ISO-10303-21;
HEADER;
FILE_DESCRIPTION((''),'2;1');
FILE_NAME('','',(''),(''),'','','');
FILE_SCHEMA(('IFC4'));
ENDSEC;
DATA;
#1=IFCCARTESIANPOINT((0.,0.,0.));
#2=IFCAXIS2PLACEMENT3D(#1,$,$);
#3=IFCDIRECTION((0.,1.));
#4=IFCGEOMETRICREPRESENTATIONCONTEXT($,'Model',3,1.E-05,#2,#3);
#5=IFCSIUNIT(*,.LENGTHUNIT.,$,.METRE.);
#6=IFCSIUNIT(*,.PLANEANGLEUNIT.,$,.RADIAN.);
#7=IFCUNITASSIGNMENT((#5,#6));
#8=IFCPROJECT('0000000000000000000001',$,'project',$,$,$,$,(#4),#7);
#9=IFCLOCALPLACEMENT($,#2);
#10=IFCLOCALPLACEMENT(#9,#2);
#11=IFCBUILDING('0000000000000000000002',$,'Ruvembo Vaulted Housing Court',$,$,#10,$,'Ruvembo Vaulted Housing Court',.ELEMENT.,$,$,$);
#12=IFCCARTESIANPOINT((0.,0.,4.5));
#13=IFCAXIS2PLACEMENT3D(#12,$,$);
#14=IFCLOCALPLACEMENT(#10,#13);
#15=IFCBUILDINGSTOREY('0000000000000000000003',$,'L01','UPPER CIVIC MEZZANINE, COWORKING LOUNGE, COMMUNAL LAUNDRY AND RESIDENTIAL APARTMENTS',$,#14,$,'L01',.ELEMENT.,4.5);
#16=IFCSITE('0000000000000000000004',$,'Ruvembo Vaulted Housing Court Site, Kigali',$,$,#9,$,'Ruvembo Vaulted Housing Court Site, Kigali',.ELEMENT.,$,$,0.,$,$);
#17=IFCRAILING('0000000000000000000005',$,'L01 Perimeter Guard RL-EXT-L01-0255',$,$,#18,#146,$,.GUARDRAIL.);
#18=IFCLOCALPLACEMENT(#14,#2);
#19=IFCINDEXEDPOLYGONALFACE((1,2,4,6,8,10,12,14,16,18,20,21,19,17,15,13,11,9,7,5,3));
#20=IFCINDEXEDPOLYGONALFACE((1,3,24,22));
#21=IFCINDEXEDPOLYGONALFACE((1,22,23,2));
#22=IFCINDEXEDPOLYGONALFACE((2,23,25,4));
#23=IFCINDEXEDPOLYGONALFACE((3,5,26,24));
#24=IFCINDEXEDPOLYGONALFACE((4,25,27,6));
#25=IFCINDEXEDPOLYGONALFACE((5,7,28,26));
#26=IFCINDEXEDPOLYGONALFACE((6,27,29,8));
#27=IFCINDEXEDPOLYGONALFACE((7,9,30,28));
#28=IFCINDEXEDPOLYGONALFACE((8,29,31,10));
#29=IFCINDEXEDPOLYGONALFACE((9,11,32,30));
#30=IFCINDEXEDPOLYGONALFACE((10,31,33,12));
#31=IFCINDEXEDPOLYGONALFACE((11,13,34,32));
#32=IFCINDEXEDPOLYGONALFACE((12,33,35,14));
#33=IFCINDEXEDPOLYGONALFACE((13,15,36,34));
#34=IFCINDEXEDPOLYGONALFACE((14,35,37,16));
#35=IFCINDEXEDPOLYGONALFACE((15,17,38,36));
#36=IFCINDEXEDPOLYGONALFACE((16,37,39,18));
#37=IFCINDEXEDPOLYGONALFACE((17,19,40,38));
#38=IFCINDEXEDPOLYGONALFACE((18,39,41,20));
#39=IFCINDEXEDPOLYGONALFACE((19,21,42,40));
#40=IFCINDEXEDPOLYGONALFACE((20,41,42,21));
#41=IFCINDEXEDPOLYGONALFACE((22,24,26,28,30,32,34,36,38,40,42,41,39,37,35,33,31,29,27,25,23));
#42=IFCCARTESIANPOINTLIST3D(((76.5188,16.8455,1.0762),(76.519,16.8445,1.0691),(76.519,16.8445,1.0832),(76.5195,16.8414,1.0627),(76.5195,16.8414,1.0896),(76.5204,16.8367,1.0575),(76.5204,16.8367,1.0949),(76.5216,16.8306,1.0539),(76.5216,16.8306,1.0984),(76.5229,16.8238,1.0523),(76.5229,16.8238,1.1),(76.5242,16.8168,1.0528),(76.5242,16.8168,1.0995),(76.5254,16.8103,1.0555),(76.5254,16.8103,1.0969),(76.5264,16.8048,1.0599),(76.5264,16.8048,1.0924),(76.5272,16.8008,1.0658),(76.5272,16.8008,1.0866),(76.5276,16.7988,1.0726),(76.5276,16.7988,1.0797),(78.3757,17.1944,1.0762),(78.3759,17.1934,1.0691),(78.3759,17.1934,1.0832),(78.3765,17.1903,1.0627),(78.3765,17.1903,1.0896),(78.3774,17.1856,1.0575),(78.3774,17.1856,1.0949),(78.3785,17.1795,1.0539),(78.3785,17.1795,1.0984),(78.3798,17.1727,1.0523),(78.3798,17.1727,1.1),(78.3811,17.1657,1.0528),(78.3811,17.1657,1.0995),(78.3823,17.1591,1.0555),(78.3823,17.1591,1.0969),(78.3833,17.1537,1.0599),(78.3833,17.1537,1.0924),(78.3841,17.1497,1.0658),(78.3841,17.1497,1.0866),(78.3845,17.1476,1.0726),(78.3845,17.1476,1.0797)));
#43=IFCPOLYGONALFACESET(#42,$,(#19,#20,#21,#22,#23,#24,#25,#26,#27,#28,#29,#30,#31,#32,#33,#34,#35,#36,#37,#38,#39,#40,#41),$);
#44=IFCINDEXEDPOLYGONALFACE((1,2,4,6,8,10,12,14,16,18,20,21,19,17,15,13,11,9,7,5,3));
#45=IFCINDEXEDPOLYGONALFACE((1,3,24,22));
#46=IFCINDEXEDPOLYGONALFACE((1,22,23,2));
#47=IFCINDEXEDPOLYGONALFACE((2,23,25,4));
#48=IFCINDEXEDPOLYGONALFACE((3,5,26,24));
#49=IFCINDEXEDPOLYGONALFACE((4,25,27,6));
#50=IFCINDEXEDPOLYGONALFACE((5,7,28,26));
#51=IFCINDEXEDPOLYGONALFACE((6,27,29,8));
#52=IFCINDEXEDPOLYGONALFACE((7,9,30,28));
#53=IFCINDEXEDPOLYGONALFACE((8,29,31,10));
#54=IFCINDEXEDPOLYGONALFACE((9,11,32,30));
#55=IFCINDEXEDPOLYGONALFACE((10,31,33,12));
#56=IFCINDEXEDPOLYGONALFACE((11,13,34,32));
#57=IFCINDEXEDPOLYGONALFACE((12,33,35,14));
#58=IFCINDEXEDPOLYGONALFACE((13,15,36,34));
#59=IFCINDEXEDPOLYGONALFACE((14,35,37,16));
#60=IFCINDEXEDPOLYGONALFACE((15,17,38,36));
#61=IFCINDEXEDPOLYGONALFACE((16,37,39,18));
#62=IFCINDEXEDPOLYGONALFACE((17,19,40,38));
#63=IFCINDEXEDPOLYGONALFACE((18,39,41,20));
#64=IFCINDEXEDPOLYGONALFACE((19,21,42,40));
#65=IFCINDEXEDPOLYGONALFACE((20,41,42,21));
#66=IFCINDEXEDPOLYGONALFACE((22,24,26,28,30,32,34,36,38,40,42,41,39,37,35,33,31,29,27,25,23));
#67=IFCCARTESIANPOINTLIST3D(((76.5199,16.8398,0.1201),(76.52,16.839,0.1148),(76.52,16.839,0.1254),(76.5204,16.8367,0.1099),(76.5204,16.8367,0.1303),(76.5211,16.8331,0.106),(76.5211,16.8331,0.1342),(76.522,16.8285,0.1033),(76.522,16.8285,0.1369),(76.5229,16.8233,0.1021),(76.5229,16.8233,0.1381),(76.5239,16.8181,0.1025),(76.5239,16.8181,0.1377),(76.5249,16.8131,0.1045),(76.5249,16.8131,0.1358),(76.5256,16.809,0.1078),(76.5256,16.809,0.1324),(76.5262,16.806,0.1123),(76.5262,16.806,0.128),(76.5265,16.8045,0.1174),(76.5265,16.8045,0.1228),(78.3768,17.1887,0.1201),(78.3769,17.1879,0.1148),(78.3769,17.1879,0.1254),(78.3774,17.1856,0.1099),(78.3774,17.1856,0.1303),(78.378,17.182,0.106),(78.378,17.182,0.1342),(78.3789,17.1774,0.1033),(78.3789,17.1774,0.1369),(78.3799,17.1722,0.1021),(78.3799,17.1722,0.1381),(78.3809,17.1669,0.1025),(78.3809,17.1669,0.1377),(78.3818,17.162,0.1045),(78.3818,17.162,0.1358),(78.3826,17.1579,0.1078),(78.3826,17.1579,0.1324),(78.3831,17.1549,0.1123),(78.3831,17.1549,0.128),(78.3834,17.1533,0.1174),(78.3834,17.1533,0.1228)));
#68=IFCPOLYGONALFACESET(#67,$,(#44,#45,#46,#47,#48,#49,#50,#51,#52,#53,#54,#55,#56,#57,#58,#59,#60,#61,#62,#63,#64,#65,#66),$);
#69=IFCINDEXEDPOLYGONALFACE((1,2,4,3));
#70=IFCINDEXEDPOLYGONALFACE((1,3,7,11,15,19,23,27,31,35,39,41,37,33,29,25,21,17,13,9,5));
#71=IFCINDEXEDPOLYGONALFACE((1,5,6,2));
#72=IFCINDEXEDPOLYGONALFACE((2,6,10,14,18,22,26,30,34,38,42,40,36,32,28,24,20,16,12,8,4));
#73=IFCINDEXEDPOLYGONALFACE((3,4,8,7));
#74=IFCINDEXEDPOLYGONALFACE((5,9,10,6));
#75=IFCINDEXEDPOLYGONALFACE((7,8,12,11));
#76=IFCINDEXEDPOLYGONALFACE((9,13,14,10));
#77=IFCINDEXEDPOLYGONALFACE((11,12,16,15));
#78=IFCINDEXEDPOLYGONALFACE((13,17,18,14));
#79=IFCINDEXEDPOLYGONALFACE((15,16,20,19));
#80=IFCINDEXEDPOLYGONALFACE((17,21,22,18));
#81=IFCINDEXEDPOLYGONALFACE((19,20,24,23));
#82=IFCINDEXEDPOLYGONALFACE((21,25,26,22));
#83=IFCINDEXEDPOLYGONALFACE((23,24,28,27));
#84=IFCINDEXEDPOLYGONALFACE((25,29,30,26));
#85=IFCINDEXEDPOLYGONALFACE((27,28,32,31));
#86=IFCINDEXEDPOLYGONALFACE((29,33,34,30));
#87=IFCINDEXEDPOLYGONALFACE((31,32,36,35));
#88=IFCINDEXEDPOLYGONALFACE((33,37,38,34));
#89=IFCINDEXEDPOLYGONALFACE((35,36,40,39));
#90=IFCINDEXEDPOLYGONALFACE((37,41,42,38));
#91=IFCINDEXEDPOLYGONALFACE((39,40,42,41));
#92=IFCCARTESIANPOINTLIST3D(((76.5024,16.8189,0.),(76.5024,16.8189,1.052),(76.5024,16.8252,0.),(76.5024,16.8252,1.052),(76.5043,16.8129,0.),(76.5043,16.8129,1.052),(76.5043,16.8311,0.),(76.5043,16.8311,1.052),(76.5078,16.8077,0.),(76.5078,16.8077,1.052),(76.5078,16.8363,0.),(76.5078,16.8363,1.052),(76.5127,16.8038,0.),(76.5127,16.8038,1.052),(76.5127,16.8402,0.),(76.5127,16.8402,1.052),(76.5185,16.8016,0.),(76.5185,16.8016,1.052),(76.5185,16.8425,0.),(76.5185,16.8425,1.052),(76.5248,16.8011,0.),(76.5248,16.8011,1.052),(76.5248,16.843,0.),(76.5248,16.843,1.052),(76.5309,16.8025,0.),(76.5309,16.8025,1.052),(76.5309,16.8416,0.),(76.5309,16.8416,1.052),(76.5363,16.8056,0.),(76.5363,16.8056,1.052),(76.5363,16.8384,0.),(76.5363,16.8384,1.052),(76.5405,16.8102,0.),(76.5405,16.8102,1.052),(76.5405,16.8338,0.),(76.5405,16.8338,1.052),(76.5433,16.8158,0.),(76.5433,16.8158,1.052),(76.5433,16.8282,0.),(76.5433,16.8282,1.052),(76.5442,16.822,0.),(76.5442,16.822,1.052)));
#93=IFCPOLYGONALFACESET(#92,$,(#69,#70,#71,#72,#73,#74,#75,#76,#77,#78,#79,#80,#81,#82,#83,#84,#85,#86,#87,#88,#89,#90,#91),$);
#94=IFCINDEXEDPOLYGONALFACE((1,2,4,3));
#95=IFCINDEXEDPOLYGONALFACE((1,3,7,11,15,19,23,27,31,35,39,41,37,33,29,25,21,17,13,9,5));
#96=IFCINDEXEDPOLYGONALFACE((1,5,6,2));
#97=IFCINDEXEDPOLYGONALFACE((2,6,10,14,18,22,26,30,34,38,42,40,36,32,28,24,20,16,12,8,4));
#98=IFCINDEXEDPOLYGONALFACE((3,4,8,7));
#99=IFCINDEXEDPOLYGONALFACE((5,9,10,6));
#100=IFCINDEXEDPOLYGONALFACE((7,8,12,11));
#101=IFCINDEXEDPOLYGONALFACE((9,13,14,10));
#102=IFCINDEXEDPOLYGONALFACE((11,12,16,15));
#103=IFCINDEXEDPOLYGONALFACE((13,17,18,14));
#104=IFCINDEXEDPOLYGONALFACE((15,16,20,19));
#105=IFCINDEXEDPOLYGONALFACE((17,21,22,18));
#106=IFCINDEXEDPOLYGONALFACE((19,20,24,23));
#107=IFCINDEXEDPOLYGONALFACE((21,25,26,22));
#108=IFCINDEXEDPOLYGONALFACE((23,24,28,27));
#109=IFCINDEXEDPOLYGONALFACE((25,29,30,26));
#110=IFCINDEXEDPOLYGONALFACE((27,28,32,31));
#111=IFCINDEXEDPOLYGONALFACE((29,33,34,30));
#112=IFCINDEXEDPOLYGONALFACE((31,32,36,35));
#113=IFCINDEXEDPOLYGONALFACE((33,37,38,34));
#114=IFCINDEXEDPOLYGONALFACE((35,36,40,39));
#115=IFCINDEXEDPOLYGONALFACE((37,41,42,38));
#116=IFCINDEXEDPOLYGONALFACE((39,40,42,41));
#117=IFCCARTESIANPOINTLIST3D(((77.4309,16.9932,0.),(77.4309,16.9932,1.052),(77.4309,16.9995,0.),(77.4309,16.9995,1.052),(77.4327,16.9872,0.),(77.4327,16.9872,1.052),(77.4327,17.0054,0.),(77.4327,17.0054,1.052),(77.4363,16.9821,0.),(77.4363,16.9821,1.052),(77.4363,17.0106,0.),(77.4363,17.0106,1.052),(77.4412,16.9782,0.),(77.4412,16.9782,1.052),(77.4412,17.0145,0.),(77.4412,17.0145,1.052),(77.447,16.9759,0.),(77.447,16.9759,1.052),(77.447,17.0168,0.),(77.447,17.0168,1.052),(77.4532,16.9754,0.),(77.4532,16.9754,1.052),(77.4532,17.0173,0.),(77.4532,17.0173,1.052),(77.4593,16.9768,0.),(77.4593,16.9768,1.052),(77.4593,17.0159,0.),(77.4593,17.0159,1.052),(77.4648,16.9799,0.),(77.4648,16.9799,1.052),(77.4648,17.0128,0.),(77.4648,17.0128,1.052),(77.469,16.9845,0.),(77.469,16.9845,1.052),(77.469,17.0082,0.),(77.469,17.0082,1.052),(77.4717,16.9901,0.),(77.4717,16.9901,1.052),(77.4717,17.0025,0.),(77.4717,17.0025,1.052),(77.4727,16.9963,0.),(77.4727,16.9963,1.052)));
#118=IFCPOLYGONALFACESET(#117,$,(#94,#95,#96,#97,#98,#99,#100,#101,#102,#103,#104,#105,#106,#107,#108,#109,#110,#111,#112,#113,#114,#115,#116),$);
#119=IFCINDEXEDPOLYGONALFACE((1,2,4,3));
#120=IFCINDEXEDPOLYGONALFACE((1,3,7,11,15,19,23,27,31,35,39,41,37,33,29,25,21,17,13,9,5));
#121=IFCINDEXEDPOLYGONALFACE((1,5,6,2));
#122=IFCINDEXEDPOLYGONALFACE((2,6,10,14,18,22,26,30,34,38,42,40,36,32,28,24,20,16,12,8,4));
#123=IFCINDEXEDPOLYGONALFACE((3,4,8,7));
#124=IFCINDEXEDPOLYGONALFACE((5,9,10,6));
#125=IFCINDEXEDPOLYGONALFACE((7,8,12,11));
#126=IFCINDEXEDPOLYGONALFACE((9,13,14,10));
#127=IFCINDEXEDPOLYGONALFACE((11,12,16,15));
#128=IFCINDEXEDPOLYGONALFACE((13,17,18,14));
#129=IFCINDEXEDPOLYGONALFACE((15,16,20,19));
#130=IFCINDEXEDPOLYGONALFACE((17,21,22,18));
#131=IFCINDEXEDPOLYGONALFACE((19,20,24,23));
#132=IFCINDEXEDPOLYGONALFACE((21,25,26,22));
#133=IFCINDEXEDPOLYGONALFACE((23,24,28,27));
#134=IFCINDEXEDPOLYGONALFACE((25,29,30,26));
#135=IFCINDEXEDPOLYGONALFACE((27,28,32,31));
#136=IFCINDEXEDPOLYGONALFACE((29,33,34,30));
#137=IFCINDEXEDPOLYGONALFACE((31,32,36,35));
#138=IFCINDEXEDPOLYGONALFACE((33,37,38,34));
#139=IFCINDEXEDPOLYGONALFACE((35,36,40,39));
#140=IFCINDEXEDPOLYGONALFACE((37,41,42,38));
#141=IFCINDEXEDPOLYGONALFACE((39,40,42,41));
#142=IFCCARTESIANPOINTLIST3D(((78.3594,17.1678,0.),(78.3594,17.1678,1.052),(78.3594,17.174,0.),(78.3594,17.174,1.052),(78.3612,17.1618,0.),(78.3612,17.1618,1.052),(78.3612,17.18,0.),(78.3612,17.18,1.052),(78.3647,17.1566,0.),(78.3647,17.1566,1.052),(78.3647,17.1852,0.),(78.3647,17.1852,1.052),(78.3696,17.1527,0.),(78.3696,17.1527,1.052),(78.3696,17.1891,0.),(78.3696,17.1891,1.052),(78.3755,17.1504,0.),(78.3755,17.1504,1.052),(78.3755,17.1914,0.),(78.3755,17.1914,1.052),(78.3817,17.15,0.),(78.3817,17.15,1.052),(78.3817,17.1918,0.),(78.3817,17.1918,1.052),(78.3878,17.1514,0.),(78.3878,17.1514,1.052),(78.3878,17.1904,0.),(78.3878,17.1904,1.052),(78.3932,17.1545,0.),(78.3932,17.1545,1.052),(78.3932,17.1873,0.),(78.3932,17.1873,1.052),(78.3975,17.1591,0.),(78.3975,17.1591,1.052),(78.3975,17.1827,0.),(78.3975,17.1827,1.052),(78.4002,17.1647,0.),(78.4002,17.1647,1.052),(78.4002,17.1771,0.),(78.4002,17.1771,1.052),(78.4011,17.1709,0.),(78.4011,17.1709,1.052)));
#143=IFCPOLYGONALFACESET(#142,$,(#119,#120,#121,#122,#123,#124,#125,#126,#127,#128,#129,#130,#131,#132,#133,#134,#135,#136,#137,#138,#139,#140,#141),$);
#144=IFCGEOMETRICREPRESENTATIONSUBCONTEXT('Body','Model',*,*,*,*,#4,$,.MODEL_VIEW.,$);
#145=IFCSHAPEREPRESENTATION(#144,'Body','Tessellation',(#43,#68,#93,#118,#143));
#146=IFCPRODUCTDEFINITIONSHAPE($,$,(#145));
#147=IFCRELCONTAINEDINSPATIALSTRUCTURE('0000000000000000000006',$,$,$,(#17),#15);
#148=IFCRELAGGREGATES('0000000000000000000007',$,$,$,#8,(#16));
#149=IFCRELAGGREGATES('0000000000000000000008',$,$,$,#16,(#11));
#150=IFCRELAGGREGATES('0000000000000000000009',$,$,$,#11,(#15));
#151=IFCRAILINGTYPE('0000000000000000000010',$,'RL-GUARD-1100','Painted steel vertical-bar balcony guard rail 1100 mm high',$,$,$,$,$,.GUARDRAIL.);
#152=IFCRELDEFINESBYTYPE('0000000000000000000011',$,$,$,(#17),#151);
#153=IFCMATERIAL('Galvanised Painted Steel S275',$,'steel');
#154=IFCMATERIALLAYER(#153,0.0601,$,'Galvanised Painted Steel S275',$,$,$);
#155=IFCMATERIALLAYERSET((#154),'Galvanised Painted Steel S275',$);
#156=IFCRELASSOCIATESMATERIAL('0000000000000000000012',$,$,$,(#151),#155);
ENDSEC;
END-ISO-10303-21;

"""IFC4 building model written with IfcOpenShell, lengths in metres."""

from ifc_helpers import new_model, si_unit, direction, frame, origin, origin_2d, place, context, subcontext, project, spatial, circle, extrude, material, layer, layer_set, type_object, element, save


model = new_model("IFC4")

# Units and contexts
model_context = context("Model", 3, precision=1e-05, world=origin(), true_north=direction((0.0, 1.0)))
body_context = subcontext(model_context, "Body", "Model", "MODEL_VIEW")
ifc_project = project(units=[si_unit("LENGTHUNIT", "METRE"), si_unit("PLANEANGLEUNIT", "RADIAN")], contexts=[model_context])

# Site, building, storey
site_placement = place(None, origin())
site = spatial("IfcSite", under=ifc_project, at=site_placement, Name="Ruvembo Vaulted Housing Court Site, Kigali", LongName="Ruvembo Vaulted Housing Court Site, Kigali", CompositionType="ELEMENT", RefElevation=0.0)
building_placement = place(site_placement, origin())
building = spatial("IfcBuilding", under=site, at=building_placement, Name="Ruvembo Vaulted Housing Court", LongName="Ruvembo Vaulted Housing Court", CompositionType="ELEMENT")
storey_placement = place(building_placement, frame((0.0, 0.0, 4.5)))
storey = spatial("IfcBuildingStorey", under=building, at=storey_placement, Name="L01", Description="UPPER CIVIC MEZZANINE, COWORKING LOUNGE, COMMUNAL LAUNDRY AND RESIDENTIAL APARTMENTS", LongName="L01", CompositionType="ELEMENT", Elevation=4.5)

# Railing
ifc_material_1 = material(Name="Galvanised Painted Steel S275", Category="steel")
ifc_layer = layer(ifc_material_1, 0.0601, Name="Galvanised Painted Steel S275")
ifc_layer_set = layer_set([ifc_layer], Name="Galvanised Painted Steel S275")
railing_type = type_object("IfcRailingType", Name="RL-GUARD-1100", Description="Painted steel vertical-bar balcony guard rail 1100 mm high", PredefinedType="GUARDRAIL", material=ifc_layer_set)
railing_1_placement = place(storey_placement, frame((76.5232, 16.822, 0.0)))
element("IfcRailing", 1, at=railing_1_placement, inside=storey, type_object=railing_type, Name="L01 Perimeter Guard RL-EXT-L01-0255", PredefinedType="GUARDRAIL", context=body_context, shape_type="SweptSolid", body=[
    extrude(circle(Radius=0.0239, at=origin_2d()), frame((0.0, 0.0, 1.0762), z_axis=(0.982805, 0.184647, 0.0), x_axis=(-0.184647, 0.982805, 0.0)), (0.0, 0.0, 1.0), 1.8894),
    extrude(circle(Radius=0.0181, at=origin_2d()), frame((0.0, 0.0, 0.1201), z_axis=(0.982805, 0.184647, 0.0), x_axis=(-0.184647, 0.982805, 0.0)), (0.0, 0.0, 1.0), 1.8894),
    extrude(circle(Radius=0.021, at=origin_2d()), origin(), (0.0, 0.0, 1.0), 1.052),
    extrude(circle(Radius=0.021, at=origin_2d()), frame((0.9285, 0.1743, 0.0)), (0.0, 0.0, 1.0), 1.052),
    extrude(circle(Radius=0.021, at=origin_2d()), frame((1.8569, 0.3489, 0.0)), (0.0, 0.0, 1.0), 1.052),
])

save(model, "model.ifc")
